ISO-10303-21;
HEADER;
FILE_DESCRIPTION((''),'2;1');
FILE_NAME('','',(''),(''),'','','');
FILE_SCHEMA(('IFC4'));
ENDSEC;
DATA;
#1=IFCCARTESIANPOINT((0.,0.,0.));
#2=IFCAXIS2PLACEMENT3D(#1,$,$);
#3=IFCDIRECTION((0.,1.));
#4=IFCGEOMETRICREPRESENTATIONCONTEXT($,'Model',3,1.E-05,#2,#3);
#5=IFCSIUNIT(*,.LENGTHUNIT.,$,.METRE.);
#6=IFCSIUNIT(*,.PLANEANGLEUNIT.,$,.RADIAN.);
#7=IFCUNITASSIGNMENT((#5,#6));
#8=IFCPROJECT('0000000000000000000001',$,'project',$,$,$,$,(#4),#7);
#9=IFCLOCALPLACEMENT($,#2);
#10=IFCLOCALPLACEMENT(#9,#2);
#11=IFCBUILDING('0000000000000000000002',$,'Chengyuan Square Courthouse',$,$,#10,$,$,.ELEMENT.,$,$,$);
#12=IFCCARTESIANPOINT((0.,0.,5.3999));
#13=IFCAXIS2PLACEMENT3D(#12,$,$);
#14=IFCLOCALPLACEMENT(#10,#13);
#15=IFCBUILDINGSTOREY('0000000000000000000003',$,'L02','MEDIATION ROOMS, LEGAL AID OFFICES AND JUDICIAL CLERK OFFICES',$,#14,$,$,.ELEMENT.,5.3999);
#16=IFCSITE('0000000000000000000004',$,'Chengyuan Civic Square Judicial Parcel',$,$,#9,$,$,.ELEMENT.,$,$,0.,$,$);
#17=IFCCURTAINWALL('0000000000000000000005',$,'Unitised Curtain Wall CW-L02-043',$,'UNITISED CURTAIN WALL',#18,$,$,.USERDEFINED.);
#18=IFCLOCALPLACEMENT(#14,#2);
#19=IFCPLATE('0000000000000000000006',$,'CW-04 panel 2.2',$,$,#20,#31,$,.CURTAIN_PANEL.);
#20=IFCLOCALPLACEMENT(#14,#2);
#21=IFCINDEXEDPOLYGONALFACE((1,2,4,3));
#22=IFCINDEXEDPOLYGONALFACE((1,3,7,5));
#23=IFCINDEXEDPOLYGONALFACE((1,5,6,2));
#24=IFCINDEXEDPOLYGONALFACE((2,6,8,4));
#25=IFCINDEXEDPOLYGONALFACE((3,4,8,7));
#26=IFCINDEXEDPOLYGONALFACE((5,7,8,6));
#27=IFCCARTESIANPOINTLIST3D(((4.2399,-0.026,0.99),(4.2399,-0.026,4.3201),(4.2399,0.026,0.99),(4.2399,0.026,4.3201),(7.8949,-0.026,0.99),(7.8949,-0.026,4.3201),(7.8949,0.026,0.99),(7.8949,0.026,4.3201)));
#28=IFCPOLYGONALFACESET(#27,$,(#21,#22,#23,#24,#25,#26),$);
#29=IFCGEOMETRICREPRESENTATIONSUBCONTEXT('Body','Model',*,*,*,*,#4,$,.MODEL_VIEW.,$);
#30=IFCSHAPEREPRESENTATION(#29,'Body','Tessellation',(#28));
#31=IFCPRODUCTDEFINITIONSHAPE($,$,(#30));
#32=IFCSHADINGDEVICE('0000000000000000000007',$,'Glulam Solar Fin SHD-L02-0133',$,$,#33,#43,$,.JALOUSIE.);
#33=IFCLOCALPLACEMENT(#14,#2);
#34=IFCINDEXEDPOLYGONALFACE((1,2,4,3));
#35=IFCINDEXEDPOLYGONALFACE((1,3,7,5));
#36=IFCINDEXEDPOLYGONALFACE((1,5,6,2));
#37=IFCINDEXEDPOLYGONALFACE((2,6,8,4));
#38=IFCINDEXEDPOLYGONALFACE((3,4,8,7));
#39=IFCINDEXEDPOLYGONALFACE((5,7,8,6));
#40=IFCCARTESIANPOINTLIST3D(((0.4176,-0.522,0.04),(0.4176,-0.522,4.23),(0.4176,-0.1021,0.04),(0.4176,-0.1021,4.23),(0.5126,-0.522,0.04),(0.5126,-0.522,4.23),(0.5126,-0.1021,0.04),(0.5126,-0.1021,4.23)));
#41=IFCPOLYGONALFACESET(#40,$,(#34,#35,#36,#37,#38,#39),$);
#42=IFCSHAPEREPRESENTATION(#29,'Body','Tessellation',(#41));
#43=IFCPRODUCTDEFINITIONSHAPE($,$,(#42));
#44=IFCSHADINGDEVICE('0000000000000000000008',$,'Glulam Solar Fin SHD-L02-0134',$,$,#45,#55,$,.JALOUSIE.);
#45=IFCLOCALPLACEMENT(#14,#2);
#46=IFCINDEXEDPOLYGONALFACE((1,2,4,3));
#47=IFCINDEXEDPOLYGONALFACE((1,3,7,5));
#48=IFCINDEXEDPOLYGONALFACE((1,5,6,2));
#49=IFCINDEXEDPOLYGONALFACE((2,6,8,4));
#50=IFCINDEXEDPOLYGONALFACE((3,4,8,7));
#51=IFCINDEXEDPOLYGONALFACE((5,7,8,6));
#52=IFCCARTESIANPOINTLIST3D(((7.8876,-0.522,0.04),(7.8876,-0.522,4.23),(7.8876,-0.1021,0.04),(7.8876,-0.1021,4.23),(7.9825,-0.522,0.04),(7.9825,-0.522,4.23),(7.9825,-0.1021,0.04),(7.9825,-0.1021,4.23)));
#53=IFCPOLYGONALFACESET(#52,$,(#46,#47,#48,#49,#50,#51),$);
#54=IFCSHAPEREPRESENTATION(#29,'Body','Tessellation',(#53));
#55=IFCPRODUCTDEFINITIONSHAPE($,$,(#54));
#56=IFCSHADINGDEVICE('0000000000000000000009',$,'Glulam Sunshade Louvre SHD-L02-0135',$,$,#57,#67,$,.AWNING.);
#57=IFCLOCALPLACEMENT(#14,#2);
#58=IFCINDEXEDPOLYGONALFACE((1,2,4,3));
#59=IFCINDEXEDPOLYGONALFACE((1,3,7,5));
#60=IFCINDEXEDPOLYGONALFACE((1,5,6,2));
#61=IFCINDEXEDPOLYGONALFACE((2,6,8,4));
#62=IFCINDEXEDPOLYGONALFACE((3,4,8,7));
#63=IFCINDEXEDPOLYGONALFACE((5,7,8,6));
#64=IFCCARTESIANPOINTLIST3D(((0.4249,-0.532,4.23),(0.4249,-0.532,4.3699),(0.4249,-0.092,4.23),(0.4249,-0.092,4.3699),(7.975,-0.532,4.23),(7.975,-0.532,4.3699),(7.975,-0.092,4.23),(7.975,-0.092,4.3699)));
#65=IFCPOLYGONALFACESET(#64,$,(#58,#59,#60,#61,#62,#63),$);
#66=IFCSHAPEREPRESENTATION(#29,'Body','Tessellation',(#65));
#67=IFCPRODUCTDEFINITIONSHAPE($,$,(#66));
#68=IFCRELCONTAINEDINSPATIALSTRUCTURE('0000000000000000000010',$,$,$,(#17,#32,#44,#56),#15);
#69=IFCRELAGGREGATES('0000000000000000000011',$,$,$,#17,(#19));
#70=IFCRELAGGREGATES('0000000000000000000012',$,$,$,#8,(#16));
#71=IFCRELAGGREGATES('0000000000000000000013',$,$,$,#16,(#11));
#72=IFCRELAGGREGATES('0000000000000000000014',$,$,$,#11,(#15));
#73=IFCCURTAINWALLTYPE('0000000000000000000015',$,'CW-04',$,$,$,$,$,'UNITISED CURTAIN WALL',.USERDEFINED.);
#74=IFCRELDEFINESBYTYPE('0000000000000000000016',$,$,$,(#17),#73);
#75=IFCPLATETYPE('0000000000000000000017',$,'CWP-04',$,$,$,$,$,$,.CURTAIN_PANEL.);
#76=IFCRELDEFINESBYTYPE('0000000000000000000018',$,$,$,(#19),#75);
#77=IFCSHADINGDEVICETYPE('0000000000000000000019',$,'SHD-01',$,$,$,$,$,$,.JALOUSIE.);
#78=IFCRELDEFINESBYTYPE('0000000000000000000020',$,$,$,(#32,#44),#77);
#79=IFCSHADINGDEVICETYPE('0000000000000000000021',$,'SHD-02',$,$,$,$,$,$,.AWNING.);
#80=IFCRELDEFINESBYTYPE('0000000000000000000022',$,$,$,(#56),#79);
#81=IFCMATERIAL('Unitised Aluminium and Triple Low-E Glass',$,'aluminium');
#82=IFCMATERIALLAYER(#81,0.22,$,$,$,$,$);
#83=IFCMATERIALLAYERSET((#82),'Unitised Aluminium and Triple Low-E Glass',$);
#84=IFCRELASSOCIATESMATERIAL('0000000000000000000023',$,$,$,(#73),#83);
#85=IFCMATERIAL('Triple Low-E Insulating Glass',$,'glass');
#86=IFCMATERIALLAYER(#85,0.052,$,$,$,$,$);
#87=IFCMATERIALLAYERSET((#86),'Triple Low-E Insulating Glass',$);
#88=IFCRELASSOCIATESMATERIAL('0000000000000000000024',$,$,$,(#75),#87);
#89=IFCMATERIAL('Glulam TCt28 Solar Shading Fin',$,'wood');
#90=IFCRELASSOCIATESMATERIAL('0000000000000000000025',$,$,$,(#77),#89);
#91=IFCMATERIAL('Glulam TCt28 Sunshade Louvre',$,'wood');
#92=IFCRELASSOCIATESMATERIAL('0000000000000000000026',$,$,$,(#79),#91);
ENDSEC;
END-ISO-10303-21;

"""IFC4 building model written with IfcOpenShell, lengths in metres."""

from ifc_helpers import new_model, si_unit, direction, frame, origin, origin_2d, place, context, subcontext, project, spatial, rectangle, extrude, material, layer, layer_set, type_object, element, aggregate, save


model = new_model("IFC4")

# Units and contexts
model_context = context("Model", 3, precision=1e-05, world=origin(), true_north=direction((0.0, 1.0)))
body_context = subcontext(model_context, "Body", "Model", "MODEL_VIEW")
ifc_project = project(units=[si_unit("LENGTHUNIT", "METRE"), si_unit("PLANEANGLEUNIT", "RADIAN")], contexts=[model_context])

# Site, building, storey
site_placement = place(None, origin())
site = spatial("IfcSite", under=ifc_project, at=site_placement, Name="Chengyuan Civic Square Judicial Parcel", CompositionType="ELEMENT", RefElevation=0.0)
building_placement = place(site_placement, origin())
building = spatial("IfcBuilding", under=site, at=building_placement, Name="Chengyuan Square Courthouse", CompositionType="ELEMENT")
storey_placement = place(building_placement, frame((0.0, 0.0, 5.3999)))
storey = spatial("IfcBuildingStorey", under=building, at=storey_placement, Name="L02", Description="MEDIATION ROOMS, LEGAL AID OFFICES AND JUDICIAL CLERK OFFICES", CompositionType="ELEMENT", Elevation=5.3999)

# Curtain wall, plate
ifc_material_1 = material(Name="Unitised Aluminium and Triple Low-E Glass", Category="aluminium")
ifc_layer_1 = layer(ifc_material_1, 0.22)
ifc_layer_set_1 = layer_set([ifc_layer_1], Name="Unitised Aluminium and Triple Low-E Glass")
curtain_wall_type = type_object("IfcCurtainWallType", Name="CW-04", ElementType="UNITISED CURTAIN WALL", PredefinedType="USERDEFINED", material=ifc_layer_set_1)
curtain_wall_placement = place(storey_placement, origin())
curtain_wall = element("IfcCurtainWall", 1, at=curtain_wall_placement, inside=storey, type_object=curtain_wall_type, Name="Unitised Curtain Wall CW-L02-043", ObjectType="UNITISED CURTAIN WALL", PredefinedType="USERDEFINED")
ifc_material_2 = material(Name="Triple Low-E Insulating Glass", Category="glass")
ifc_layer_2 = layer(ifc_material_2, 0.052)
ifc_layer_set_2 = layer_set([ifc_layer_2], Name="Triple Low-E Insulating Glass")
plate_type = type_object("IfcPlateType", Name="CWP-04", PredefinedType="CURTAIN_PANEL", material=ifc_layer_set_2)
plate_1_placement = place(storey_placement, frame((6.0674, 0.0, 0.99), z_axis=(0.0, 0.0, 1.0), x_axis=(1.0, 0.0, 0.0)))
plate_1 = element("IfcPlate", 2, at=plate_1_placement, type_object=plate_type, Name="CW-04 panel 2.2", PredefinedType="CURTAIN_PANEL", context=body_context, shape_type="SweptSolid", body=[
    extrude(rectangle(XDim=3.655, YDim=0.052, at=origin_2d()), origin(), (0.0, 0.0, 1.0), 3.3301),
])
aggregate(curtain_wall, [plate_1])

# Shading devices
ifc_material_3 = material(Name="Glulam TCt28 Solar Shading Fin", Category="wood")
shading_device_type_1 = type_object("IfcShadingDeviceType", Name="SHD-01", PredefinedType="JALOUSIE", material=ifc_material_3)
for number, where, z_axis, x_axis, name in (
    (3, (0.4651, -0.312, 0.04), (0.0, 0.0, 1.0), (0.0, 1.0, 0.0), "Glulam Solar Fin SHD-L02-0133"),
    (4, (7.9351, -0.312, 0.04), (0.0, 0.0, 1.0), (0.0, 1.0, 0.0), "Glulam Solar Fin SHD-L02-0134"),
):
    element("IfcShadingDevice", number, at=place(storey_placement, frame(where, z_axis=z_axis, x_axis=x_axis)), inside=storey, type_object=shading_device_type_1, Name=name, PredefinedType="JALOUSIE", context=body_context, shape_type="SweptSolid", body=[
        extrude(rectangle(XDim=0.4199, YDim=0.095, at=origin_2d()), origin(), (0.0, 0.0, 1.0), 4.1899),
    ])
ifc_material_4 = material(Name="Glulam TCt28 Sunshade Louvre", Category="wood")
shading_device_type_2 = type_object("IfcShadingDeviceType", Name="SHD-02", PredefinedType="AWNING", material=ifc_material_4)
shading_device_placement = place(storey_placement, frame((4.2, -0.312, 4.23), z_axis=(0.0, 0.0, 1.0), x_axis=(1.0, 0.0, 0.0)))
element("IfcShadingDevice", 5, at=shading_device_placement, inside=storey, type_object=shading_device_type_2, Name="Glulam Sunshade Louvre SHD-L02-0135", PredefinedType="AWNING", context=body_context, shape_type="SweptSolid", body=[
    extrude(rectangle(XDim=7.55, YDim=0.4399, at=origin_2d()), origin(), (0.0, 0.0, 1.0), 0.1399),
])

save(model, "model.ifc")
